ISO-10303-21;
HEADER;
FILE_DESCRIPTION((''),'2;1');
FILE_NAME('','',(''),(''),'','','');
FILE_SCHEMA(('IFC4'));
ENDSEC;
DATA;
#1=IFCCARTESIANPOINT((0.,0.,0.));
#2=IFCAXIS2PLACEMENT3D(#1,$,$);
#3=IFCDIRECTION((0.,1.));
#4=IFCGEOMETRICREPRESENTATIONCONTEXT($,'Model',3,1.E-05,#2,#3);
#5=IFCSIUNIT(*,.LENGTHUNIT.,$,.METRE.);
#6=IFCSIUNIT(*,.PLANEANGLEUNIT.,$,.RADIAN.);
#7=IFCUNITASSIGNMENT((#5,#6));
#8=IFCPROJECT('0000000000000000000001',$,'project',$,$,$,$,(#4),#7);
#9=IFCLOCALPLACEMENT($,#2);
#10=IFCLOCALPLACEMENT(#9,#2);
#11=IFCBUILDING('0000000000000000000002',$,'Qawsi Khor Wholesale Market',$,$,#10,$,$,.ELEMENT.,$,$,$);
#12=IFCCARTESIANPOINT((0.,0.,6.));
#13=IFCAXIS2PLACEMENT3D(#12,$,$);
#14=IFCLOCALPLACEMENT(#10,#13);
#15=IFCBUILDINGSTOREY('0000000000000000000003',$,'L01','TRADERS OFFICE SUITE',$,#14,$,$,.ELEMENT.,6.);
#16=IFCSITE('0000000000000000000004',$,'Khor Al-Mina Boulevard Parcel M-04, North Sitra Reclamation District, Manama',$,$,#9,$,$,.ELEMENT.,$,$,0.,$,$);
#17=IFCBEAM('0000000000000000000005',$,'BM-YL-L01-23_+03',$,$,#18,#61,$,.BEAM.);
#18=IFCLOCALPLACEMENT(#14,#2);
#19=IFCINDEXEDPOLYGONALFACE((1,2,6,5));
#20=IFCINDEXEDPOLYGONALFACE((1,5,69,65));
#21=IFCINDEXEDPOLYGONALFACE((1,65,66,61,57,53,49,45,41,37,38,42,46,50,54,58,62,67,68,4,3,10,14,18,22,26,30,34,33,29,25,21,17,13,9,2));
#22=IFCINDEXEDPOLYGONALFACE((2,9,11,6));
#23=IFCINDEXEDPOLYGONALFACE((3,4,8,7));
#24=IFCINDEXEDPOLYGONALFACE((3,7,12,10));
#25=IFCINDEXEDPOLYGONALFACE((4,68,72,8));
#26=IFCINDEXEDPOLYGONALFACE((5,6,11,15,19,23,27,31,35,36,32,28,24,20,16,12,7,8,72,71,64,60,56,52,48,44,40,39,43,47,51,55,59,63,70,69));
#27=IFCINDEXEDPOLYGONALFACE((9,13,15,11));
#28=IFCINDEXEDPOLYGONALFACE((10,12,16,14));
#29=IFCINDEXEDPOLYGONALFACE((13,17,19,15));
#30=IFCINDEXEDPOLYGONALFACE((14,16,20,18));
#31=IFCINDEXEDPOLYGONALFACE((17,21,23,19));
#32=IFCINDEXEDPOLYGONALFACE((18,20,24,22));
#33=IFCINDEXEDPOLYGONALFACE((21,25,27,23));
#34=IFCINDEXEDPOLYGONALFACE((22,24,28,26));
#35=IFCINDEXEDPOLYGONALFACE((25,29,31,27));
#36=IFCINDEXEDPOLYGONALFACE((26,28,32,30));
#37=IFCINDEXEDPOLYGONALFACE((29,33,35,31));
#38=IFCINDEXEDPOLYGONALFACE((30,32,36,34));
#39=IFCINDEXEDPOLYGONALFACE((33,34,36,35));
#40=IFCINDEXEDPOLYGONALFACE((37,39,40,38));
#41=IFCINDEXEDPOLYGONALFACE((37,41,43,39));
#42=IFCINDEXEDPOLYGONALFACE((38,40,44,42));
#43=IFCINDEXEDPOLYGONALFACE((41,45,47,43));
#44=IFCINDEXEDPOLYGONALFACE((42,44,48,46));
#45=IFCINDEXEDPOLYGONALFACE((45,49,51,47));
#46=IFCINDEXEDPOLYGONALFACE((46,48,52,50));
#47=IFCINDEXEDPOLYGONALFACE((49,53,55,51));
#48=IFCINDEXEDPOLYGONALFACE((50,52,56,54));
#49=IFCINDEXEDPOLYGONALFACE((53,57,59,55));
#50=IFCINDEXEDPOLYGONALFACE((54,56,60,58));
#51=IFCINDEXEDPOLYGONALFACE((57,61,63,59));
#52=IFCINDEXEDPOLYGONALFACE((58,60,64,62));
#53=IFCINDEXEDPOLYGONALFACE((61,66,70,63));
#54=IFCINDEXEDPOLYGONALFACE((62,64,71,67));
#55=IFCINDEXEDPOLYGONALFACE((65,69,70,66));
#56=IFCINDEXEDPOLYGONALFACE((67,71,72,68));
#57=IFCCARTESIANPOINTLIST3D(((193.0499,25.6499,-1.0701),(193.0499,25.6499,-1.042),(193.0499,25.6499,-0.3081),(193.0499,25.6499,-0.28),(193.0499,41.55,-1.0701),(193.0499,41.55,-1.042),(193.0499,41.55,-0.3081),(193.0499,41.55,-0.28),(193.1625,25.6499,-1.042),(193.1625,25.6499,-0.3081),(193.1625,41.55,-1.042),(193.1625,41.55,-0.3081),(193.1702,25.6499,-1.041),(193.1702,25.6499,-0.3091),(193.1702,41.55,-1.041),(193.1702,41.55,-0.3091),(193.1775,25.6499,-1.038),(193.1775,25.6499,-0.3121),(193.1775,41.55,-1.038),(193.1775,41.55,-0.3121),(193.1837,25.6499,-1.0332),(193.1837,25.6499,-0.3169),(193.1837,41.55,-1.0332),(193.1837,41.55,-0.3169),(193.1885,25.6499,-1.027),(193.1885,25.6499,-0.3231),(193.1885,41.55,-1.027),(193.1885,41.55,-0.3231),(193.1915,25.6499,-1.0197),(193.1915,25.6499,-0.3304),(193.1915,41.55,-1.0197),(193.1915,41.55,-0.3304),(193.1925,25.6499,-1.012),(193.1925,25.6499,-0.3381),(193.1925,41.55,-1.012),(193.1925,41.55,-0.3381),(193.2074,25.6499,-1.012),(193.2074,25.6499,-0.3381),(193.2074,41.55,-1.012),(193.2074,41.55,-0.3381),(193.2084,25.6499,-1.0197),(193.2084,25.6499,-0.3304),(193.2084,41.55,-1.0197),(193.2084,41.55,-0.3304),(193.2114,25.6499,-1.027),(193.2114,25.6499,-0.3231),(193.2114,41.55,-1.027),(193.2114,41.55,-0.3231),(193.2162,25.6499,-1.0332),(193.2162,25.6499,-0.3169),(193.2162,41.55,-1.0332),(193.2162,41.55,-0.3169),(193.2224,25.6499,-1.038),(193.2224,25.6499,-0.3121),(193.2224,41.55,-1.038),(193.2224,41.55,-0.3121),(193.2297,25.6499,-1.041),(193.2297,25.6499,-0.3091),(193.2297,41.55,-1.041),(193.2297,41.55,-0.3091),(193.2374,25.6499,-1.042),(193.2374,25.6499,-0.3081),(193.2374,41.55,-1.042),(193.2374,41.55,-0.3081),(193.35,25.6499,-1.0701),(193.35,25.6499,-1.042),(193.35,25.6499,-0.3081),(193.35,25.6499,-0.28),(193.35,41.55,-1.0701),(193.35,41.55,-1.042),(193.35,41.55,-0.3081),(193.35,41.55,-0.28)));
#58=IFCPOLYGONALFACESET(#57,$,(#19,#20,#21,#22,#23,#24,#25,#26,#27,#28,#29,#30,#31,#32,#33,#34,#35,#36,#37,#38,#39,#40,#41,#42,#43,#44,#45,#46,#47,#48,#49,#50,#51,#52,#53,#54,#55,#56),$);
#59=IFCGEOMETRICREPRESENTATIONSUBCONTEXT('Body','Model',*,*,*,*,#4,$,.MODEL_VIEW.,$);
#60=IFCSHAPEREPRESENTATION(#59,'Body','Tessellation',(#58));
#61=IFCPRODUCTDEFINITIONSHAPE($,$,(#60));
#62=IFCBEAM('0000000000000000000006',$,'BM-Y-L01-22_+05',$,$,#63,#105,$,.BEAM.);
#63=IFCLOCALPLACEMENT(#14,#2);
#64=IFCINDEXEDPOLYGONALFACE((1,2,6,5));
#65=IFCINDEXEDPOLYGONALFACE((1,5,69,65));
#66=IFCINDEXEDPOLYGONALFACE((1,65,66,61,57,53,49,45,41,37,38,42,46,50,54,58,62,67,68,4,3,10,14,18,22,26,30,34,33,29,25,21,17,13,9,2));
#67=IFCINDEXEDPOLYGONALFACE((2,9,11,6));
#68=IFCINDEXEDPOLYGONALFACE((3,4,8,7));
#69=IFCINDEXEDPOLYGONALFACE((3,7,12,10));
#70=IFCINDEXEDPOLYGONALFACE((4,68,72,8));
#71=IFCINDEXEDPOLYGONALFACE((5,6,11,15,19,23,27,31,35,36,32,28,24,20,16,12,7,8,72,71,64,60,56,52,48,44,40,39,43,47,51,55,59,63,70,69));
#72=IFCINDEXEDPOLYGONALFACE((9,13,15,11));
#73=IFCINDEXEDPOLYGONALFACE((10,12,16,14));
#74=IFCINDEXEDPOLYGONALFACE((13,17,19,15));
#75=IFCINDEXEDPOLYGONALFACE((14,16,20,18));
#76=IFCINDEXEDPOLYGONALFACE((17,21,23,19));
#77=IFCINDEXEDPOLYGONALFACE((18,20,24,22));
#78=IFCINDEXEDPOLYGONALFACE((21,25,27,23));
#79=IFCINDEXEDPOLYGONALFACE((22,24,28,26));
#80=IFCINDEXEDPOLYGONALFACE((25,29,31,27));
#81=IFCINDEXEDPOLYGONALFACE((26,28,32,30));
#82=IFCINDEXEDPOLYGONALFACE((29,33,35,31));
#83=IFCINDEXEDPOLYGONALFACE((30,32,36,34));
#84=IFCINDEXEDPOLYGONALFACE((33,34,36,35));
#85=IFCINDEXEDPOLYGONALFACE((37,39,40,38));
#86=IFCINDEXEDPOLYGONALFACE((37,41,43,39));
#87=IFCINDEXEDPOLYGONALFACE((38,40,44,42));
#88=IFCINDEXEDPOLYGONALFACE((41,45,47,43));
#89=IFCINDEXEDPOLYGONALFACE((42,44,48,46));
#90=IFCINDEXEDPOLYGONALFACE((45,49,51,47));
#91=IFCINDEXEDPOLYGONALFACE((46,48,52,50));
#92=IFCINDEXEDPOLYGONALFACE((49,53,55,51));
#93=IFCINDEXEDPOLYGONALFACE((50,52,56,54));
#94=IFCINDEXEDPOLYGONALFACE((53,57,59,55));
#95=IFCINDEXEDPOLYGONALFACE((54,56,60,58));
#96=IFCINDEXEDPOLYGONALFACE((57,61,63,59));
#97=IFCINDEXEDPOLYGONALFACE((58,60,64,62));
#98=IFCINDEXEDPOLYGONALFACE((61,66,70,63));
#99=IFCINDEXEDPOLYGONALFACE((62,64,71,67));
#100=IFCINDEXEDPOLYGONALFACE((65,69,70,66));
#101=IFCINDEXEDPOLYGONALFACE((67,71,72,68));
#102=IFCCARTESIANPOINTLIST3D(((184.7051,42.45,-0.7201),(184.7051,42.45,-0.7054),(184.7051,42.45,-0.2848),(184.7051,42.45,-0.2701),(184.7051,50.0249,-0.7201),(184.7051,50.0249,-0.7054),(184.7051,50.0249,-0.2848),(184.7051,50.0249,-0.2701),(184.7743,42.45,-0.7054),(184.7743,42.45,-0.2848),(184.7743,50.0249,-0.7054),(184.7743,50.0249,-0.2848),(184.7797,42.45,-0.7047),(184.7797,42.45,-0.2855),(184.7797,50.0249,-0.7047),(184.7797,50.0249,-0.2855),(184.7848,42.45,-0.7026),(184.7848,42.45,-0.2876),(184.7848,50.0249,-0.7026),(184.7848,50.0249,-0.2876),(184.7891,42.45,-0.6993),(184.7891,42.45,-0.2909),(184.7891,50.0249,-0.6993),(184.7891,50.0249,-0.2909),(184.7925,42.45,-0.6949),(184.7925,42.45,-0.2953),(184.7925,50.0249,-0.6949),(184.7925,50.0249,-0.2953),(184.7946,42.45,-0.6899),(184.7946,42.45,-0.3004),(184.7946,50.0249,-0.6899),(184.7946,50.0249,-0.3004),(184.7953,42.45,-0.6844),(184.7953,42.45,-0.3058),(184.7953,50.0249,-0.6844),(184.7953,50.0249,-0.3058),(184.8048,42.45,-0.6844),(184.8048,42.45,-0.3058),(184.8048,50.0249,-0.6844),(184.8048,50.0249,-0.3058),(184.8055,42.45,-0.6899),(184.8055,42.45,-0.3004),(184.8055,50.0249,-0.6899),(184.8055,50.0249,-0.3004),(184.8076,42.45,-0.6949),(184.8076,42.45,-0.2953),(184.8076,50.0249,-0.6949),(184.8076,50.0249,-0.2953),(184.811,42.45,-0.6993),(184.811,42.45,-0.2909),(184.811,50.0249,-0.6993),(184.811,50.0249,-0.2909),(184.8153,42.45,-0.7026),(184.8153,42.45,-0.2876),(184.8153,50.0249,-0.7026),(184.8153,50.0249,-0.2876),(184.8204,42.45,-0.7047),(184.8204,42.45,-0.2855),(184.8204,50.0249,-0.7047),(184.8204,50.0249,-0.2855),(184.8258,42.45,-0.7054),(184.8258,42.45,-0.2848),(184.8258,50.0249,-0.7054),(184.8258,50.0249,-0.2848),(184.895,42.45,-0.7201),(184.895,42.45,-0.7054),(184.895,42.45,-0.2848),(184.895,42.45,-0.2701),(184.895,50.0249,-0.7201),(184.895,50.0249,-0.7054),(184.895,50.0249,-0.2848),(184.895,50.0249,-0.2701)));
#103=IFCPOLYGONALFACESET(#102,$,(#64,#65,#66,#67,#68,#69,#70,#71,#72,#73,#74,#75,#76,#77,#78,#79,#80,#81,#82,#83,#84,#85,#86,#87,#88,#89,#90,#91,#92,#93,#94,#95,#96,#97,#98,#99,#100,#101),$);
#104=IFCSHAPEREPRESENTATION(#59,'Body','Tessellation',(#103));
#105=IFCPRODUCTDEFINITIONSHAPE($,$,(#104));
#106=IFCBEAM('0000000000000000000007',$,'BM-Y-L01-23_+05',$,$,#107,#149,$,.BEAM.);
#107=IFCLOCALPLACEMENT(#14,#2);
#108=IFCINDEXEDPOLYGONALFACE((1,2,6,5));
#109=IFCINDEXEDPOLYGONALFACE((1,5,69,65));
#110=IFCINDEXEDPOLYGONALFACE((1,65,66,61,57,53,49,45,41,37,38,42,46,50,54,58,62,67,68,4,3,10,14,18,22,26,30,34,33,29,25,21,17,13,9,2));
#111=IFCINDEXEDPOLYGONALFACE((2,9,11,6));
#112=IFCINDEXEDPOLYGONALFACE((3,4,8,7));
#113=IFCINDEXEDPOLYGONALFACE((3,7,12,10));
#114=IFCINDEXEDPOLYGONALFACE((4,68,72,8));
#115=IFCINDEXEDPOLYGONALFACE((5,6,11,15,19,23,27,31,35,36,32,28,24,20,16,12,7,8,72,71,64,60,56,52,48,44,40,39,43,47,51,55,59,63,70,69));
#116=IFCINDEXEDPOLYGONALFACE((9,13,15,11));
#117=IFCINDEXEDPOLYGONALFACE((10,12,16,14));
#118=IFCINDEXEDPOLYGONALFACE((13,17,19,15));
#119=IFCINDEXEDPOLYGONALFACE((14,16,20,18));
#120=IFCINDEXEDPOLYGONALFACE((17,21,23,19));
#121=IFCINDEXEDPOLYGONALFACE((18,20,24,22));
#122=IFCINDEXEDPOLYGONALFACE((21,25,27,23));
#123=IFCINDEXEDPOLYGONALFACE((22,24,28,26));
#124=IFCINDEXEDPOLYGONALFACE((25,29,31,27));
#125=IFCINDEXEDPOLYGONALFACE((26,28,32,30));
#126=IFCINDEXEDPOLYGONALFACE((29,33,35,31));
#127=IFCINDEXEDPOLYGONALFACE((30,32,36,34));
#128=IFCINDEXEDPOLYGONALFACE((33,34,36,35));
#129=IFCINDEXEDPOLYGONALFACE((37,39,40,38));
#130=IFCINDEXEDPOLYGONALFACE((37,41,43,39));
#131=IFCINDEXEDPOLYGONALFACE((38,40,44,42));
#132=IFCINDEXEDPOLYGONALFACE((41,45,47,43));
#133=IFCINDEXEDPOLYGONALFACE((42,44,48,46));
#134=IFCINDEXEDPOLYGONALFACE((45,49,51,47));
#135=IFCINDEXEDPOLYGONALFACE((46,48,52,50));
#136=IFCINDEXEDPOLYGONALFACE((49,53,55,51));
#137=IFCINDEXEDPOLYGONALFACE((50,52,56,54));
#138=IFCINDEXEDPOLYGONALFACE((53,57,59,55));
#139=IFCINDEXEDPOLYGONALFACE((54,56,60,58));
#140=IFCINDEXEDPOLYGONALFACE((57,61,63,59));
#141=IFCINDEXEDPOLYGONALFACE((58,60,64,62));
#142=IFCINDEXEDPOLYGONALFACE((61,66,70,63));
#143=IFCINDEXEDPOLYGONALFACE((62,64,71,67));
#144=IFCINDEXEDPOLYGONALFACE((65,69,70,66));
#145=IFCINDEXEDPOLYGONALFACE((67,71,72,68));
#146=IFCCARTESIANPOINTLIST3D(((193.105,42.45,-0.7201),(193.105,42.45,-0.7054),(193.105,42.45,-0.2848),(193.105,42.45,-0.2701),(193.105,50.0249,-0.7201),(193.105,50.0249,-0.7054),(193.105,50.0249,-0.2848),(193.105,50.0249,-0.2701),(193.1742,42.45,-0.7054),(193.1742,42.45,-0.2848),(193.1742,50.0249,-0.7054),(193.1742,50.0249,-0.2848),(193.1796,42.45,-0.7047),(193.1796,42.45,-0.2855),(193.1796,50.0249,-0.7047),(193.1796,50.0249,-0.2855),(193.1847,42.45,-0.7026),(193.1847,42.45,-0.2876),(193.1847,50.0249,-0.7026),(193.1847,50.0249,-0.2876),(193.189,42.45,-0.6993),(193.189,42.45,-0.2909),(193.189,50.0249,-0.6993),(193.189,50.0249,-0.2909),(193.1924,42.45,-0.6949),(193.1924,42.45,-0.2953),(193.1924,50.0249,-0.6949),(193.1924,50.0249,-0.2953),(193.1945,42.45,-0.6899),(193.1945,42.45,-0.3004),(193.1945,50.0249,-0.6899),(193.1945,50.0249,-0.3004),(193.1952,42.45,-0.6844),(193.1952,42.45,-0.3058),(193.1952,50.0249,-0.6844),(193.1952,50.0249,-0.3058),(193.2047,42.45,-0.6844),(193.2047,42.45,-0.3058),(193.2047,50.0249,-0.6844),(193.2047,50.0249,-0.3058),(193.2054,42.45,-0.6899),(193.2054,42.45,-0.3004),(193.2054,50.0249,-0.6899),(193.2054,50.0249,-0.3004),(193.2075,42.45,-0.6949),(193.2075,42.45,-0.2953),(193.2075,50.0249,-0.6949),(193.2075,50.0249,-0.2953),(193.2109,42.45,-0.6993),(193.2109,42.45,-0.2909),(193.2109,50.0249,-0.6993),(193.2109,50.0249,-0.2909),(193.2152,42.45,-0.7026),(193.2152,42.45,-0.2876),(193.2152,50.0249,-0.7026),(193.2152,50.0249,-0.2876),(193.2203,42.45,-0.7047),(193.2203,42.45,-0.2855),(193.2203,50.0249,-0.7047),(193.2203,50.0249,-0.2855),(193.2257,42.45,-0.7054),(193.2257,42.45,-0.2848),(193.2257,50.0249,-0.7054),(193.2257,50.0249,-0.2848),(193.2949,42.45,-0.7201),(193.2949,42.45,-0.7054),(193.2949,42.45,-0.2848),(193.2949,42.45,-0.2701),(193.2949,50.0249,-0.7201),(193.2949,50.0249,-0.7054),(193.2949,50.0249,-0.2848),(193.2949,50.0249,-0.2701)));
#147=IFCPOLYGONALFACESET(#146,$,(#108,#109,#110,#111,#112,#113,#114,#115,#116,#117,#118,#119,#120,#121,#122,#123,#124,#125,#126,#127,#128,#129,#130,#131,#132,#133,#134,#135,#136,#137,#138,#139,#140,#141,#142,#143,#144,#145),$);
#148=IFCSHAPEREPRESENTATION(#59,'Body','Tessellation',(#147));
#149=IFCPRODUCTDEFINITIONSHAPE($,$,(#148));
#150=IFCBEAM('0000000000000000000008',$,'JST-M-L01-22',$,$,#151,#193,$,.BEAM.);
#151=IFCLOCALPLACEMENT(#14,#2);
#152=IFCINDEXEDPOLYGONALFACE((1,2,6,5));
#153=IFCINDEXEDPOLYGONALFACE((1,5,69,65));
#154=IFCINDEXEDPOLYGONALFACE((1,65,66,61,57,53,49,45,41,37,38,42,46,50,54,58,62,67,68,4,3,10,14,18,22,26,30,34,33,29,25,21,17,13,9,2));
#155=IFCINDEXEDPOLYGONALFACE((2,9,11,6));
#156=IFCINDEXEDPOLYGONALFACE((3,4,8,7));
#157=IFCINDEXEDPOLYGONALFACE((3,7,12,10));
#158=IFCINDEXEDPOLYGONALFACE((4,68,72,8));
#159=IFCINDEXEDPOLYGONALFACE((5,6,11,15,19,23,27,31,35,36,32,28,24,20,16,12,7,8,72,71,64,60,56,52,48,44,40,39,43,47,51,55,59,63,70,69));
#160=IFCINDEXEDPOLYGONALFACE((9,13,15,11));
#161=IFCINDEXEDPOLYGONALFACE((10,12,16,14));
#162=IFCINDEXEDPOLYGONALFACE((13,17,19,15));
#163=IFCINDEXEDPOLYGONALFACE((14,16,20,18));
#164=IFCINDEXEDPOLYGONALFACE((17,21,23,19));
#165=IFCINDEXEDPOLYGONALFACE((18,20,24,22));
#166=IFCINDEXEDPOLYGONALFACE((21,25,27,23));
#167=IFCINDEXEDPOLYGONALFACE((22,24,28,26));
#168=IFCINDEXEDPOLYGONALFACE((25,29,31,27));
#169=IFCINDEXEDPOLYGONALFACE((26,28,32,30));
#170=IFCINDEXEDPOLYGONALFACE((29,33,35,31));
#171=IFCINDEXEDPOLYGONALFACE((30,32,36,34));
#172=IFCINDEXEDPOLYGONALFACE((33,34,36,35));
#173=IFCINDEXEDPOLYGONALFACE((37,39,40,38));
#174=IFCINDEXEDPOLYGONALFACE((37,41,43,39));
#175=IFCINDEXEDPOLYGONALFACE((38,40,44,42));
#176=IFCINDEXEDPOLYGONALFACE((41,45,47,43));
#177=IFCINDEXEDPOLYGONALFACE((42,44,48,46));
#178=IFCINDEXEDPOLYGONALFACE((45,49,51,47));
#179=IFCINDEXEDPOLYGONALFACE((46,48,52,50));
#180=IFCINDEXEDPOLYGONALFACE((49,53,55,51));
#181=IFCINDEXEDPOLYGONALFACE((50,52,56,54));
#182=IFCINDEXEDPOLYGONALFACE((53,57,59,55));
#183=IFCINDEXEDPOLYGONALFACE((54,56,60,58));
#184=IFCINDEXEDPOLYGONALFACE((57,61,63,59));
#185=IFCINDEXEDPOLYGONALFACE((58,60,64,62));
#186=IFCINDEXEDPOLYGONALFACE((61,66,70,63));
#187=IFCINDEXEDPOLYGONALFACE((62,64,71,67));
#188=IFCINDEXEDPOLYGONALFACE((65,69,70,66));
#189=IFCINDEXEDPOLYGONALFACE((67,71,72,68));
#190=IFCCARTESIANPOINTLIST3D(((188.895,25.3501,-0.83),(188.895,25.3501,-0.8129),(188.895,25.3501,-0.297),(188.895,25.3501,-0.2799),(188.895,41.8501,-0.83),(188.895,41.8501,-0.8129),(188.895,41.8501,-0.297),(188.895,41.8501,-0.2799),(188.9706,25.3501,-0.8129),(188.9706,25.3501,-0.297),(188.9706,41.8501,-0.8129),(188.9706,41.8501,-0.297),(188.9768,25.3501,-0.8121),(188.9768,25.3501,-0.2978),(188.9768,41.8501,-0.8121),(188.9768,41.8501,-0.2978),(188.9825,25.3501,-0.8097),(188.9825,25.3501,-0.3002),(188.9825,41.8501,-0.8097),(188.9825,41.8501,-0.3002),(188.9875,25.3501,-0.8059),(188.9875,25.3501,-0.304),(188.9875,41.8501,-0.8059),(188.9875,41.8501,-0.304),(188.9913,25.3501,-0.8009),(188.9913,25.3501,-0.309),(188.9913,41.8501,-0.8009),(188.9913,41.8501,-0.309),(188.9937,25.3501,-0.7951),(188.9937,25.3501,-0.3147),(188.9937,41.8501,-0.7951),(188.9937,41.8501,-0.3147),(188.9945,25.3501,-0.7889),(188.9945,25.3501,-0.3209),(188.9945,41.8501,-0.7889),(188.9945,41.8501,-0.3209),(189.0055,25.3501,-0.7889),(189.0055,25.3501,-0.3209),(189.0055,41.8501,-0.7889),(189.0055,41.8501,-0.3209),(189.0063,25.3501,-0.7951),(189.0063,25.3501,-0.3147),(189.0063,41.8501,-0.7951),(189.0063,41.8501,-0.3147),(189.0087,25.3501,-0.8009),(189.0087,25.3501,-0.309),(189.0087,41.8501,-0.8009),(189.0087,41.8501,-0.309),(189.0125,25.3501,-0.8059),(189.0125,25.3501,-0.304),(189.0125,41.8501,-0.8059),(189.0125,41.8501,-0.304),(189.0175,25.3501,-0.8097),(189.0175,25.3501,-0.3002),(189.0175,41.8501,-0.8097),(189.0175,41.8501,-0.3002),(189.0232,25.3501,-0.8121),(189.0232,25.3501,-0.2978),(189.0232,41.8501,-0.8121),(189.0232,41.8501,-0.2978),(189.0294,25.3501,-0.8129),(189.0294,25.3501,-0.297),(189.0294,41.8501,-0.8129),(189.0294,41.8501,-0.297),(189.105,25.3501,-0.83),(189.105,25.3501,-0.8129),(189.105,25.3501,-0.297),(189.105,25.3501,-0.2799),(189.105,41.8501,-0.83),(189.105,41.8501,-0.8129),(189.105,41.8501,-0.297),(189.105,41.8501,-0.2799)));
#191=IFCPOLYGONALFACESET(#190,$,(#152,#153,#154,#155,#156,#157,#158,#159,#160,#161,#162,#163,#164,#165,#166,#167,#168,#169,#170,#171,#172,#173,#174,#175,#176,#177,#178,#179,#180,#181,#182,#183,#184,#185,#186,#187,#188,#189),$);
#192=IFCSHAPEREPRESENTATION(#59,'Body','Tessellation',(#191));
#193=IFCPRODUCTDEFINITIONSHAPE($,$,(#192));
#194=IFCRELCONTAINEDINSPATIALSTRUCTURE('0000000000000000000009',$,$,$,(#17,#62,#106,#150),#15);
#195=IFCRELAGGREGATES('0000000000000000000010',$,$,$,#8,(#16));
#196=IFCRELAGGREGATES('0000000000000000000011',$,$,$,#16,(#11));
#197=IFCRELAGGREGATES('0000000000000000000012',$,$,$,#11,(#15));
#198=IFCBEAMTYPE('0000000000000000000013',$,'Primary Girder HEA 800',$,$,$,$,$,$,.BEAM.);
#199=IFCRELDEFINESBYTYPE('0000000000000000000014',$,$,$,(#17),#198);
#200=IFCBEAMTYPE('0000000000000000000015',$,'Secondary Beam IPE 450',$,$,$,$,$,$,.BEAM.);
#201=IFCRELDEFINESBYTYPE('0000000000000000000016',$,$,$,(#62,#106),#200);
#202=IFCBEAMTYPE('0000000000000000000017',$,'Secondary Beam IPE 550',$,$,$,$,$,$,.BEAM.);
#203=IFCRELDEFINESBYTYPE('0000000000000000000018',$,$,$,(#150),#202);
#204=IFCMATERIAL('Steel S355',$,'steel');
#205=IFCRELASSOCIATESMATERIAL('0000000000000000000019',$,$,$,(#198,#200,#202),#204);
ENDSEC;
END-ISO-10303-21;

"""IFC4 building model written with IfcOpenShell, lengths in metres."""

from ifc_helpers import new_model, si_unit, direction, frame, origin, origin_2d, place, context, subcontext, project, spatial, i_section, extrude, material, material_profile, profile_set, type_object, element, save


model = new_model("IFC4")

# Units and contexts
model_context = context("Model", 3, precision=1e-05, world=origin(), true_north=direction((0.0, 1.0)))
body_context = subcontext(model_context, "Body", "Model", "MODEL_VIEW")
ifc_project = project(units=[si_unit("LENGTHUNIT", "METRE"), si_unit("PLANEANGLEUNIT", "RADIAN")], contexts=[model_context])

# Site, building, storey
site_placement = place(None, origin())
site = spatial("IfcSite", under=ifc_project, at=site_placement, Name="Khor Al-Mina Boulevard Parcel M-04, North Sitra Reclamation District, Manama", CompositionType="ELEMENT", RefElevation=0.0)
building_placement = place(site_placement, origin())
building = spatial("IfcBuilding", under=site, at=building_placement, Name="Qawsi Khor Wholesale Market", CompositionType="ELEMENT")
storey_placement = place(building_placement, frame((0.0, 0.0, 6.0)))
storey = spatial("IfcBuildingStorey", under=building, at=storey_placement, Name="L01", Description="TRADERS OFFICE SUITE", CompositionType="ELEMENT", Elevation=6.0)

# Beams
ifc_material_1 = material(Name="Steel S355", Category="steel")
ifc_material_profile_1 = material_profile(ifc_material_1, i_section(OverallWidth=0.3, OverallDepth=0.79, WebThickness=0.0149, FlangeThickness=0.0281, FilletRadius=0.03, at=origin_2d()), Name="HEA 800")
ifc_profile_set_1 = profile_set([ifc_material_profile_1], Name="Steel S355")
beam_type_1 = type_object("IfcBeamType", Name="Primary Girder HEA 800", PredefinedType="BEAM", material=ifc_profile_set_1)
beam_1_placement = place(storey_placement, frame((193.2, 25.6499, -0.675), z_axis=(0.0, 1.0, 0.0), x_axis=(-1.0, 0.0, 0.0)))
element("IfcBeam", 1, at=beam_1_placement, inside=storey, type_object=beam_type_1, Name="BM-YL-L01-23_+03", PredefinedType="BEAM", context=body_context, shape_type="SweptSolid", body=[
    extrude(i_section(OverallWidth=0.3, OverallDepth=0.79, WebThickness=0.0149, FlangeThickness=0.0281, FilletRadius=0.03, at=origin_2d()), origin(), (0.0, 0.0, 1.0), 15.9001),
])
ifc_material_profile_2 = material_profile(ifc_material_1, i_section(OverallWidth=0.1899, OverallDepth=0.45, WebThickness=0.0095, FlangeThickness=0.0146, FilletRadius=0.021, at=origin_2d()), Name="IPE 450")
ifc_profile_set_2 = profile_set([ifc_material_profile_2], Name="Steel S355")
beam_type_2 = type_object("IfcBeamType", Name="Secondary Beam IPE 450", PredefinedType="BEAM", material=ifc_profile_set_2)
for number, where, z_axis, x_axis, name in (
    (2, (184.8, 42.45, -0.4951), (0.0, 1.0, 0.0), (-1.0, 0.0, 0.0), "BM-Y-L01-22_+05"),
    (3, (193.2, 42.45, -0.4951), (0.0, 1.0, 0.0), (-1.0, 0.0, 0.0), "BM-Y-L01-23_+05"),
):
    element("IfcBeam", number, at=place(storey_placement, frame(where, z_axis=z_axis, x_axis=x_axis)), inside=storey, type_object=beam_type_2, Name=name, PredefinedType="BEAM", context=body_context, shape_type="SweptSolid", body=[
        extrude(i_section(OverallWidth=0.1899, OverallDepth=0.45, WebThickness=0.0095, FlangeThickness=0.0146, FilletRadius=0.021, at=origin_2d()), origin(), (0.0, 0.0, 1.0), 7.575),
    ])
ifc_material_profile_3 = material_profile(ifc_material_1, i_section(OverallWidth=0.21, OverallDepth=0.55, WebThickness=0.011, FlangeThickness=0.0171, FilletRadius=0.0239, at=origin_2d()), Name="IPE 550")
ifc_profile_set_3 = profile_set([ifc_material_profile_3], Name="Steel S355")
beam_type_3 = type_object("IfcBeamType", Name="Secondary Beam IPE 550", PredefinedType="BEAM", material=ifc_profile_set_3)
beam_2_placement = place(storey_placement, frame((189.0, 25.3501, -0.5549), z_axis=(0.0, 1.0, 0.0), x_axis=(-1.0, 0.0, 0.0)))
element("IfcBeam", 4, at=beam_2_placement, inside=storey, type_object=beam_type_3, Name="JST-M-L01-22", PredefinedType="BEAM", context=body_context, shape_type="SweptSolid", body=[
    extrude(i_section(OverallWidth=0.21, OverallDepth=0.55, WebThickness=0.011, FlangeThickness=0.0171, FilletRadius=0.0239, at=origin_2d()), origin(), (0.0, 0.0, 1.0), 16.5),
])

save(model, "model.ifc")
